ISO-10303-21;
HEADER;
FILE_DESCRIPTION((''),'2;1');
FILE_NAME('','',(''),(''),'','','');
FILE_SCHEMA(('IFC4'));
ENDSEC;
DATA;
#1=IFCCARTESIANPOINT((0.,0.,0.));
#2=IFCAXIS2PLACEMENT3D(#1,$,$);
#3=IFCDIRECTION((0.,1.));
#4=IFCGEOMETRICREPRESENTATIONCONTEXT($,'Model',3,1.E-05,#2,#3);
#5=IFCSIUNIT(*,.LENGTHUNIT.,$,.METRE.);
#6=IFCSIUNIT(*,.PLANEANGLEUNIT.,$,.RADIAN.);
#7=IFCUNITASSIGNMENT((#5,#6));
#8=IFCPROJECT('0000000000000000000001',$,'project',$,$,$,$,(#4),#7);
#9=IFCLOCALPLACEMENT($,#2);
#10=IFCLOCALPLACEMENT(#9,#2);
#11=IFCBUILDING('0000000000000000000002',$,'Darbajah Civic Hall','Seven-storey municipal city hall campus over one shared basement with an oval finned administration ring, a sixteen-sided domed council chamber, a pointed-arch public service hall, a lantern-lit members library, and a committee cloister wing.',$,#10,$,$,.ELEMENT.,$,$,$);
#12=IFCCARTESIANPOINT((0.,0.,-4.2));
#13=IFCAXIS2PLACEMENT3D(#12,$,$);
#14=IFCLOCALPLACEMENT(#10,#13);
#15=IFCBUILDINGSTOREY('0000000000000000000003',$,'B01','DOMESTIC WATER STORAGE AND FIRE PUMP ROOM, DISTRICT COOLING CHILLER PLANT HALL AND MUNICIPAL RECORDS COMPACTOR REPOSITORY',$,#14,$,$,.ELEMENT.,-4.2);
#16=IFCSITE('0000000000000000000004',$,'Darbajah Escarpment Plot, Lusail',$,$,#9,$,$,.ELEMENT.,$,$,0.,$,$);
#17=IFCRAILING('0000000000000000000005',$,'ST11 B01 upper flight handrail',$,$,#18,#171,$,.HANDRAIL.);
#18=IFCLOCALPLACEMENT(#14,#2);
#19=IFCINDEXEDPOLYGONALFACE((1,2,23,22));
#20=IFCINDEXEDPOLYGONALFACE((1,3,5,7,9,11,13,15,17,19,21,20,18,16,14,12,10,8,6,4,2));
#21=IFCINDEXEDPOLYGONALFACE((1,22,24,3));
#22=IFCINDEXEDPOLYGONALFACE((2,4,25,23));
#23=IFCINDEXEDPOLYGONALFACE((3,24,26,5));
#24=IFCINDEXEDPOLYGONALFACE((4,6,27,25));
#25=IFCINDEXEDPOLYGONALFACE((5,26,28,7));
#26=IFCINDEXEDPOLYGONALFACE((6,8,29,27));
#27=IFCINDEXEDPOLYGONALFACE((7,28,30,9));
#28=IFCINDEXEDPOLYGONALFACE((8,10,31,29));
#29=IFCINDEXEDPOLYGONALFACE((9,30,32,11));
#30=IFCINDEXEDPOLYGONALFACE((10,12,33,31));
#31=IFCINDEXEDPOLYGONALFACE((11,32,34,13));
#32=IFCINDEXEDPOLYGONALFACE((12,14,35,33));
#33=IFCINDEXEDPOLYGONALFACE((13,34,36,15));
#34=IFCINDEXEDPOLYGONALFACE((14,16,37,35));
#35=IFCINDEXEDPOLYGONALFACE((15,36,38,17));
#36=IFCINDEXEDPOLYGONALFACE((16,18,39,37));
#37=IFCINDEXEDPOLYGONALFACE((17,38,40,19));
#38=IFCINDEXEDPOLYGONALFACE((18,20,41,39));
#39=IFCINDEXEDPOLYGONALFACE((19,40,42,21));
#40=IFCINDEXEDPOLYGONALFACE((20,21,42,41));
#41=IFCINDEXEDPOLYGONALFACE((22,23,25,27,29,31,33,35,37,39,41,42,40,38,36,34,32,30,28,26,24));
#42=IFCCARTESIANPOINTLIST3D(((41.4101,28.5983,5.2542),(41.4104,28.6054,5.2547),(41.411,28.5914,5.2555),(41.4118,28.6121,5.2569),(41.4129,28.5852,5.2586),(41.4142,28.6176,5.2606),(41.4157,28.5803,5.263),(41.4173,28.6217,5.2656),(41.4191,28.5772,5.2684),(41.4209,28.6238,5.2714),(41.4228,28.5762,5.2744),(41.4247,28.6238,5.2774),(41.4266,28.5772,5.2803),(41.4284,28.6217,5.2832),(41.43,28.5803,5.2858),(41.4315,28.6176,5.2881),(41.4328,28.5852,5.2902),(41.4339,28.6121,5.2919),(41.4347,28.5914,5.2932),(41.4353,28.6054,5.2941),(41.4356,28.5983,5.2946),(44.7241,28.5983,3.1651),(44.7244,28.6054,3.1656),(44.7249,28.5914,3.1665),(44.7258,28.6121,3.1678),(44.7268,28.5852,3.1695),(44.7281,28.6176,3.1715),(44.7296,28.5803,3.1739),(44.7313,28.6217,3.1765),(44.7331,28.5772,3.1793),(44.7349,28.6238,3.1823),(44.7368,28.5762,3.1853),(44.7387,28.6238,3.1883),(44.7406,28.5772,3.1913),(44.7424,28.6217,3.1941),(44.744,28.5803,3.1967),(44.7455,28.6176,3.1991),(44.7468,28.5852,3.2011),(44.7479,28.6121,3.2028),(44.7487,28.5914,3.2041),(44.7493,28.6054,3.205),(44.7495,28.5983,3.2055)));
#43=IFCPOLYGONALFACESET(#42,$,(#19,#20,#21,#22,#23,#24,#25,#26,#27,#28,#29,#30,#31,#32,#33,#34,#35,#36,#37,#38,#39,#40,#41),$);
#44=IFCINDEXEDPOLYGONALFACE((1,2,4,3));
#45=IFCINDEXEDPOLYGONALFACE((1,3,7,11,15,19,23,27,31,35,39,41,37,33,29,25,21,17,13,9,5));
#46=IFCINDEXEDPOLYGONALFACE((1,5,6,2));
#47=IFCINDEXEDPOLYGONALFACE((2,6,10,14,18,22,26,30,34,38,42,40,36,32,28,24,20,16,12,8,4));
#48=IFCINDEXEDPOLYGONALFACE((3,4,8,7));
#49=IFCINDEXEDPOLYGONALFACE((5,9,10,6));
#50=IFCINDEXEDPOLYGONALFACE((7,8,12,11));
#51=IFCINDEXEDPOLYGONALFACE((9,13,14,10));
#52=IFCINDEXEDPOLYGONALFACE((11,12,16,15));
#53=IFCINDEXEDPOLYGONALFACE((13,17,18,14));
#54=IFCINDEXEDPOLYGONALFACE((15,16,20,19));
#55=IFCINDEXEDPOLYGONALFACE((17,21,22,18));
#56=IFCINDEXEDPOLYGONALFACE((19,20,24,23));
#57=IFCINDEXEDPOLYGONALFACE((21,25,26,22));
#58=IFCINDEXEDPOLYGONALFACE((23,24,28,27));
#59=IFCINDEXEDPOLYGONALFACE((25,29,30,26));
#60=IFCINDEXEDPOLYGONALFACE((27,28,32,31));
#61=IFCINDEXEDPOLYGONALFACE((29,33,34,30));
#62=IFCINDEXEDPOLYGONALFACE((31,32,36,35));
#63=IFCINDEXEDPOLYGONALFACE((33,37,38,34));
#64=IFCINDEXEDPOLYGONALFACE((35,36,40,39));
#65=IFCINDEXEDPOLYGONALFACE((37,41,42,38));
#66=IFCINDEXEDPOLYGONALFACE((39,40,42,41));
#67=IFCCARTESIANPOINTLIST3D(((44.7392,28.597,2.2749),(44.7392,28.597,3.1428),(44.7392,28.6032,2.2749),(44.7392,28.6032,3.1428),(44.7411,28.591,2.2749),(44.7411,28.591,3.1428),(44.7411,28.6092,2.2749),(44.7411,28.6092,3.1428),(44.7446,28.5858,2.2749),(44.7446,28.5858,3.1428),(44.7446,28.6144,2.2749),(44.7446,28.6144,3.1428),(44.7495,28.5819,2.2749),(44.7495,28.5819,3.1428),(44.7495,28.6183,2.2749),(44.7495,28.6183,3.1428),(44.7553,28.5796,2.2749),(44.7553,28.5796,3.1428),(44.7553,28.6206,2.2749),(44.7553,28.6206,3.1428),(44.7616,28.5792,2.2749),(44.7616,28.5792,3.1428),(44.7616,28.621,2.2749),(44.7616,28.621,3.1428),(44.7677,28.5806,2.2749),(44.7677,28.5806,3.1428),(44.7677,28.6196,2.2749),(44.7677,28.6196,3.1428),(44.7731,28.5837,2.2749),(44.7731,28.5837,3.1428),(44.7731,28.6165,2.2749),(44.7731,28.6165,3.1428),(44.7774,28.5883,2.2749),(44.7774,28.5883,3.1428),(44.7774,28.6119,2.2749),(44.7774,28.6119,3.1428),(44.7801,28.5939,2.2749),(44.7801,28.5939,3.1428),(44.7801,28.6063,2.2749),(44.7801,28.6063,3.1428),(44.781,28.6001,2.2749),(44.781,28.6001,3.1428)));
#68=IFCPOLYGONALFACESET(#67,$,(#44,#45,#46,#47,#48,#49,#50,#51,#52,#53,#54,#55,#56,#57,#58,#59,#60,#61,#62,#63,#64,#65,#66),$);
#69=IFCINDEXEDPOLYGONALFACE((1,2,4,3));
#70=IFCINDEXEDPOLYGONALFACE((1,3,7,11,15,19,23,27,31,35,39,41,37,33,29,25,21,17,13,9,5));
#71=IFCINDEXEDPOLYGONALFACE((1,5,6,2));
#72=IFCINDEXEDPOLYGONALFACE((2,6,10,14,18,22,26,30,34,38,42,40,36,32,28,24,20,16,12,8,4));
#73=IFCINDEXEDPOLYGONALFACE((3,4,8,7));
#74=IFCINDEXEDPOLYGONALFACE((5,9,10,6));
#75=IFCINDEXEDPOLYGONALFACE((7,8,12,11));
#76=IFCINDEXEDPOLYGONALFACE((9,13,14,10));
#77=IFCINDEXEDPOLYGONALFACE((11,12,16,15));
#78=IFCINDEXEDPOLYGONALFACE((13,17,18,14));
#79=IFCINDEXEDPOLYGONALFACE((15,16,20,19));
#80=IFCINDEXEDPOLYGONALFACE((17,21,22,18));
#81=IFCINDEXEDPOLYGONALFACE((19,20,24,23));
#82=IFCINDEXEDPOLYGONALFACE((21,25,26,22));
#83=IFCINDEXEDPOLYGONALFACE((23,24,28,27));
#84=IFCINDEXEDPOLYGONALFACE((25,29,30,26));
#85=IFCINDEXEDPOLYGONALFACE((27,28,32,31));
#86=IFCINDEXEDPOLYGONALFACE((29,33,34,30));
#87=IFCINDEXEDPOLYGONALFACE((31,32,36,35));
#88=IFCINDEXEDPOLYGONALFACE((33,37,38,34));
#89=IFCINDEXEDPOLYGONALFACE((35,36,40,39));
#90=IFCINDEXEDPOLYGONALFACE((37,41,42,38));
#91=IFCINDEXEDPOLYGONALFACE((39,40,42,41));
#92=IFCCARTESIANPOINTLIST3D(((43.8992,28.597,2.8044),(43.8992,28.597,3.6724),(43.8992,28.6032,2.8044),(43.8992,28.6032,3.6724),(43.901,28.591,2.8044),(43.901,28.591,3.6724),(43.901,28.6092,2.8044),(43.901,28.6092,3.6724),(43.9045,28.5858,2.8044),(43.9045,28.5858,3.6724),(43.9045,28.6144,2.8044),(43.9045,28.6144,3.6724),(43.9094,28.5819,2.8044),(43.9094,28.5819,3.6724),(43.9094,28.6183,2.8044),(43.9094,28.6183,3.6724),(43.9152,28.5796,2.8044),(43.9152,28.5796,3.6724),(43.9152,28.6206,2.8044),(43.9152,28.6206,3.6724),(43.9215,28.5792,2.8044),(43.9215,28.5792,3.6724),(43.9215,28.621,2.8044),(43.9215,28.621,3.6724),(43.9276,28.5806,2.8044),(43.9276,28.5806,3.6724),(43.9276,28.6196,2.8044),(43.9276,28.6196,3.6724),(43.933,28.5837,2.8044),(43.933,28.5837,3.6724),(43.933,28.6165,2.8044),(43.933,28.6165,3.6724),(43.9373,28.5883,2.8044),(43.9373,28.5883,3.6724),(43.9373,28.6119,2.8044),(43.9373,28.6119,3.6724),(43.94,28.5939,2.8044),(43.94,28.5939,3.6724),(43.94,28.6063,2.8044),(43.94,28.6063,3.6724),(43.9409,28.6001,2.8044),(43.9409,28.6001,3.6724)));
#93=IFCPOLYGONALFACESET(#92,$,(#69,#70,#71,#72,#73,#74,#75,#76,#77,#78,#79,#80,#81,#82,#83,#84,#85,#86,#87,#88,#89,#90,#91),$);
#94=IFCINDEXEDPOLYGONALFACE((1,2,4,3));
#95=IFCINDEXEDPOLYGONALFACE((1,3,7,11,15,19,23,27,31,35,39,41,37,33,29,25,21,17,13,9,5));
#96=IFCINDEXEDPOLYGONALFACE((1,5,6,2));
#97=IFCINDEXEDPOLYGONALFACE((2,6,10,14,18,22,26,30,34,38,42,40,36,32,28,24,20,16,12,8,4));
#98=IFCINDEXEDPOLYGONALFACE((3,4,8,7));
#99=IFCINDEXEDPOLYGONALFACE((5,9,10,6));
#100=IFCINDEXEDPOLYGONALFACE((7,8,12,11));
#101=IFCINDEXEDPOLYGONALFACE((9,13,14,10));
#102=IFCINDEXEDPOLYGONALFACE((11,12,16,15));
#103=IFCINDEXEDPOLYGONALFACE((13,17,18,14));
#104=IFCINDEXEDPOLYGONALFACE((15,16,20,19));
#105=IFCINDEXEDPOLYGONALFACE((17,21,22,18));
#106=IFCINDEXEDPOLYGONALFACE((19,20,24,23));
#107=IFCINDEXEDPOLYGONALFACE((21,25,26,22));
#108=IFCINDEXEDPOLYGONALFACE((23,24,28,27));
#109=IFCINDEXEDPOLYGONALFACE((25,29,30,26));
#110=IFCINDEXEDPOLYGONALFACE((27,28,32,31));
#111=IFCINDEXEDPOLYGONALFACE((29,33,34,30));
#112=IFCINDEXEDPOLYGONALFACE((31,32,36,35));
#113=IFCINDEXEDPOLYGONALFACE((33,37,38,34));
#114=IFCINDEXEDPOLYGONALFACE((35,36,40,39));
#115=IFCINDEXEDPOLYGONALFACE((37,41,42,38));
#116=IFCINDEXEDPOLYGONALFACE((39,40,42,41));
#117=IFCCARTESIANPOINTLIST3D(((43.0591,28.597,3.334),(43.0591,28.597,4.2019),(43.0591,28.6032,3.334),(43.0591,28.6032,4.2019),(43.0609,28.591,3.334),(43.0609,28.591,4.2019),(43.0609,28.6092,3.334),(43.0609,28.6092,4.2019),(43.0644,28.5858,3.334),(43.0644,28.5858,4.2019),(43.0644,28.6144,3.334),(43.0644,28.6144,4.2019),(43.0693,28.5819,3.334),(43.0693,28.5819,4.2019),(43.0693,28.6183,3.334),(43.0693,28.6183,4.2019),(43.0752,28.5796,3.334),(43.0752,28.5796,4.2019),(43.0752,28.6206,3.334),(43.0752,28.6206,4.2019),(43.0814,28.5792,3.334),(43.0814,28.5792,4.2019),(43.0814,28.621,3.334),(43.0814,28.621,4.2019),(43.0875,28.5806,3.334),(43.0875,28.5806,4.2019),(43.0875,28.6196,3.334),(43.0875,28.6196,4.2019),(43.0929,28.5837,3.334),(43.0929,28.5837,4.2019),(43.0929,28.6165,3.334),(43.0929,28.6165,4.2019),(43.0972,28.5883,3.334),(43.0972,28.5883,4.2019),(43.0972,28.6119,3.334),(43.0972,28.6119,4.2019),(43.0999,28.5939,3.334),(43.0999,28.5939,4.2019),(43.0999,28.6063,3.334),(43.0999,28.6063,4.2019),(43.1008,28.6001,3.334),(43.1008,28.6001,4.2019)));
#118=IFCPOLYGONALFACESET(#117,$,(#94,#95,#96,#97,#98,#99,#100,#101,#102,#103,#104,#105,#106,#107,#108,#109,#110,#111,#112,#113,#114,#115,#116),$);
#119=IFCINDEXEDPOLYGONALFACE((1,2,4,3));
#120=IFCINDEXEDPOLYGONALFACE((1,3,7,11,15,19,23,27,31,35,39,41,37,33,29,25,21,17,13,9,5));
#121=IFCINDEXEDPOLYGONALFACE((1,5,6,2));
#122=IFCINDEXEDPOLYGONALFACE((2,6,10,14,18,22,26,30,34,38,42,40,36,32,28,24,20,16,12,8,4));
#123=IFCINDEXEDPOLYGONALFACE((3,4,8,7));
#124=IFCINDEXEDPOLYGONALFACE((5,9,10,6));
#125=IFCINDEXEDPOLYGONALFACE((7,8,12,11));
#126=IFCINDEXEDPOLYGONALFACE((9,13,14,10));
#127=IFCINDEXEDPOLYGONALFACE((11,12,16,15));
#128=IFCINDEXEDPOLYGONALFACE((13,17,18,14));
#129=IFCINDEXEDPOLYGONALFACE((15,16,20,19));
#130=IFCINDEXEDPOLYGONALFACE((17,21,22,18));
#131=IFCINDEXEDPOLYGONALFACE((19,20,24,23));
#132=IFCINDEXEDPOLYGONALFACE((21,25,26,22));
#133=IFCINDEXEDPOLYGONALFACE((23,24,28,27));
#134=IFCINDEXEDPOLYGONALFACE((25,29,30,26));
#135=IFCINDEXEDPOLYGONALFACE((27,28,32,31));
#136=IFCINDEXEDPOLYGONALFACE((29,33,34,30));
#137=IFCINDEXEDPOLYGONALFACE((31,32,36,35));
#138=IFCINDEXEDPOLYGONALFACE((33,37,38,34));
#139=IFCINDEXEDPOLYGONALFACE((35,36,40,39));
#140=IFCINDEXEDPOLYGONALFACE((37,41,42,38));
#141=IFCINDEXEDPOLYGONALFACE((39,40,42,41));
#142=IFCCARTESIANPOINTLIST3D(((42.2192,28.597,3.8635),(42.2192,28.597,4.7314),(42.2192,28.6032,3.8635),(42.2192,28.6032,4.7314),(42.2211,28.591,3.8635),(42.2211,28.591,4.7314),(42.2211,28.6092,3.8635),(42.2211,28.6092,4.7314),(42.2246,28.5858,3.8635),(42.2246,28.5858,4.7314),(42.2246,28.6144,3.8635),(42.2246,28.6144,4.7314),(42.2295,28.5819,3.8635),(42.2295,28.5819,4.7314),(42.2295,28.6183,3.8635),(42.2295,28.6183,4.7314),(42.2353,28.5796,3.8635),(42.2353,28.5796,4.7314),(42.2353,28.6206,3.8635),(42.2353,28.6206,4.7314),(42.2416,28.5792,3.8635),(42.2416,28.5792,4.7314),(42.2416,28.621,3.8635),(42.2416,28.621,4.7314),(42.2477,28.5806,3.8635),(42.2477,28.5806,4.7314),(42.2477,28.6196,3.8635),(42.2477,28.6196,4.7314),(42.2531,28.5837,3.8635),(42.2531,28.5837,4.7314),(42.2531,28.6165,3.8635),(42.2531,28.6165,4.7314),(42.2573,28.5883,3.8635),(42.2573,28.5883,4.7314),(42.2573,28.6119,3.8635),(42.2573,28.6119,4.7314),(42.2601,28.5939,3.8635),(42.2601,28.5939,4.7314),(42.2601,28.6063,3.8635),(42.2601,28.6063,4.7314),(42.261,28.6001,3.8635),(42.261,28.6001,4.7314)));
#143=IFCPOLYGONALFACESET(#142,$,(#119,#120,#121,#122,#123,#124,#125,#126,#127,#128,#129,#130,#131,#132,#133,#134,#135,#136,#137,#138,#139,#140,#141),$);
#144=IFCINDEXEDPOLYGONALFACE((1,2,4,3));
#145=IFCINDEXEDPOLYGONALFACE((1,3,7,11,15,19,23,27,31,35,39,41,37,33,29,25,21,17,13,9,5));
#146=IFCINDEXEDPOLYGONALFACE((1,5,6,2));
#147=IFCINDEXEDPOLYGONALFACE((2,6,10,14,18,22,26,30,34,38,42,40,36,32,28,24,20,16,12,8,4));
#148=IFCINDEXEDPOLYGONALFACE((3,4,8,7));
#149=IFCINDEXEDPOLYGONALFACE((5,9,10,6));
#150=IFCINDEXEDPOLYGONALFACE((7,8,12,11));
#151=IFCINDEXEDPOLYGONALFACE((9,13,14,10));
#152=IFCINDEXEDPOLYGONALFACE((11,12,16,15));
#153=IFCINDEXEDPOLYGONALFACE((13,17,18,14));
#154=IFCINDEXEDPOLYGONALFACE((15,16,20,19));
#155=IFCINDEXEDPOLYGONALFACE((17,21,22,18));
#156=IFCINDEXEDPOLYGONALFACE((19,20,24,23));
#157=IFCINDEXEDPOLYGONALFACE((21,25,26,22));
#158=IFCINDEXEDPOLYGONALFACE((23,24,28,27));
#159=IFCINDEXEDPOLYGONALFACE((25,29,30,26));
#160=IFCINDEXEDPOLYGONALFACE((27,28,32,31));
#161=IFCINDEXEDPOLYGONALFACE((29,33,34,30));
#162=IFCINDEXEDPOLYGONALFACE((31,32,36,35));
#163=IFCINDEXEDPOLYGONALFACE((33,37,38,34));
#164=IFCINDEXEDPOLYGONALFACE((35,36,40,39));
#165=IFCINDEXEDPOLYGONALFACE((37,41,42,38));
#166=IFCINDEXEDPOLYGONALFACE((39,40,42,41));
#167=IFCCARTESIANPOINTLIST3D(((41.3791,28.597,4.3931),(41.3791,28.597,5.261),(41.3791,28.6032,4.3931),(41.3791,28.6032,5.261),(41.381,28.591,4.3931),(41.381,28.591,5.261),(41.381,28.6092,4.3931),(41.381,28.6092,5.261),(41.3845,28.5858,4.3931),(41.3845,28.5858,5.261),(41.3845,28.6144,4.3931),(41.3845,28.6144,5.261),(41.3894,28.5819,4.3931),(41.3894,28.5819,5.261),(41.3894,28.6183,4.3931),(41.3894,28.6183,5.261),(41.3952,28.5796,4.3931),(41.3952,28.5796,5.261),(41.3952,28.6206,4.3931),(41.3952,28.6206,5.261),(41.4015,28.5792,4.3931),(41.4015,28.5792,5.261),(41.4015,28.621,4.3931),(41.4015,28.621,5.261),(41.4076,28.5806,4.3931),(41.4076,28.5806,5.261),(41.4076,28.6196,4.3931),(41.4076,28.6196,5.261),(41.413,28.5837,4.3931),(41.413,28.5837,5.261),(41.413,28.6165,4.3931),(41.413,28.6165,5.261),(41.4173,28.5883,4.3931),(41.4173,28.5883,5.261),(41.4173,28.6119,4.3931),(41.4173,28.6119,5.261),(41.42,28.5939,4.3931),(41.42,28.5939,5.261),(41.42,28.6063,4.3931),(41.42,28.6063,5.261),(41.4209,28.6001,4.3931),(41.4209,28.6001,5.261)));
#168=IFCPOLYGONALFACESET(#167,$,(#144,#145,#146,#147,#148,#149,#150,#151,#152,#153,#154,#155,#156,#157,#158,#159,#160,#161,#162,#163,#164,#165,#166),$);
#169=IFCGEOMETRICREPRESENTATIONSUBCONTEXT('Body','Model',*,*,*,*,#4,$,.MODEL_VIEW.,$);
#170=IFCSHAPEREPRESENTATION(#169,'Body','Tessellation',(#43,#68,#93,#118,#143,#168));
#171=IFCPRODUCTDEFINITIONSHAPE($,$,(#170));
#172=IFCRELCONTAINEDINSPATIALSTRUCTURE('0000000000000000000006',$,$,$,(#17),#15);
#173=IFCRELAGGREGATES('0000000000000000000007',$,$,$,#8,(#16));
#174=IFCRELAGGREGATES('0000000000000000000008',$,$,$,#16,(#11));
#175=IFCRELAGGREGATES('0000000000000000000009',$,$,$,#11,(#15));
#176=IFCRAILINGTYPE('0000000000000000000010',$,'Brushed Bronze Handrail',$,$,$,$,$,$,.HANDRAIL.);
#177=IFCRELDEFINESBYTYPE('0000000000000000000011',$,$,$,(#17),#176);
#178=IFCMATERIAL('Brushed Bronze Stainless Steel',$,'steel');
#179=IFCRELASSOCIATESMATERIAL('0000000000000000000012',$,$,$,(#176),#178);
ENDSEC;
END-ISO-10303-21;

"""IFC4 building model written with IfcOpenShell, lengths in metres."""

from ifc_helpers import new_model, si_unit, direction, frame, origin, origin_2d, place, context, subcontext, project, spatial, circle, extrude, material, type_object, element, save


model = new_model("IFC4")

# Units and contexts
model_context = context("Model", 3, precision=1e-05, world=origin(), true_north=direction((0.0, 1.0)))
body_context = subcontext(model_context, "Body", "Model", "MODEL_VIEW")
ifc_project = project(units=[si_unit("LENGTHUNIT", "METRE"), si_unit("PLANEANGLEUNIT", "RADIAN")], contexts=[model_context])

# Site, building, storey
site_placement = place(None, origin())
site = spatial("IfcSite", under=ifc_project, at=site_placement, Name="Darbajah Escarpment Plot, Lusail", CompositionType="ELEMENT", RefElevation=0.0)
building_placement = place(site_placement, origin())
building = spatial("IfcBuilding", under=site, at=building_placement, Name="Darbajah Civic Hall", Description="Seven-storey municipal city hall campus over one shared basement with an oval finned administration ring, a sixteen-sided domed council chamber, a pointed-arch public service hall, a lantern-lit members library, and a committee cloister wing.", CompositionType="ELEMENT")
storey_placement = place(building_placement, frame((0.0, 0.0, -4.2)))
storey = spatial("IfcBuildingStorey", under=building, at=storey_placement, Name="B01", Description="DOMESTIC WATER STORAGE AND FIRE PUMP ROOM, DISTRICT COOLING CHILLER PLANT HALL AND MUNICIPAL RECORDS COMPACTOR REPOSITORY", CompositionType="ELEMENT", Elevation=-4.2)

# Railing
ifc_material_1 = material(Name="Brushed Bronze Stainless Steel", Category="steel")
railing_type_1 = type_object("IfcRailingType", Name="Brushed Bronze Handrail", PredefinedType="HANDRAIL", material=ifc_material_1)
railing_1_placement = place(storey_placement, frame((44.76, 28.6001, 2.2749)))
element("IfcRailing", 1, at=railing_1_placement, inside=storey, type_object=railing_type_1, Name="ST11 B01 upper flight handrail", PredefinedType="HANDRAIL", context=body_context, shape_type="SweptSolid", body=[
    extrude(circle(Radius=0.0239, at=origin_2d()), frame((-0.0232, 0.0, 0.9104), z_axis=(-0.845944, 0.0, 0.533271), x_axis=(0.0, -1.0, 0.0)), (0.0, 0.0, 1.0), 3.9175),
    extrude(circle(Radius=0.021, at=origin_2d()), origin(), (0.0, 0.0, 1.0), 0.8679),
    extrude(circle(Radius=0.021, at=origin_2d()), frame((-0.8401, 0.0, 0.5295)), (0.0, 0.0, 1.0), 0.8679),
    extrude(circle(Radius=0.021, at=origin_2d()), frame((-1.6802, 0.0, 1.0591)), (0.0, 0.0, 1.0), 0.8679),
    extrude(circle(Radius=0.021, at=origin_2d()), frame((-2.52, 0.0, 1.5886)), (0.0, 0.0, 1.0), 0.8679),
    extrude(circle(Radius=0.021, at=origin_2d()), frame((-3.3601, 0.0, 2.1182)), (0.0, 0.0, 1.0), 0.8679),
])

save(model, "model.ifc")
